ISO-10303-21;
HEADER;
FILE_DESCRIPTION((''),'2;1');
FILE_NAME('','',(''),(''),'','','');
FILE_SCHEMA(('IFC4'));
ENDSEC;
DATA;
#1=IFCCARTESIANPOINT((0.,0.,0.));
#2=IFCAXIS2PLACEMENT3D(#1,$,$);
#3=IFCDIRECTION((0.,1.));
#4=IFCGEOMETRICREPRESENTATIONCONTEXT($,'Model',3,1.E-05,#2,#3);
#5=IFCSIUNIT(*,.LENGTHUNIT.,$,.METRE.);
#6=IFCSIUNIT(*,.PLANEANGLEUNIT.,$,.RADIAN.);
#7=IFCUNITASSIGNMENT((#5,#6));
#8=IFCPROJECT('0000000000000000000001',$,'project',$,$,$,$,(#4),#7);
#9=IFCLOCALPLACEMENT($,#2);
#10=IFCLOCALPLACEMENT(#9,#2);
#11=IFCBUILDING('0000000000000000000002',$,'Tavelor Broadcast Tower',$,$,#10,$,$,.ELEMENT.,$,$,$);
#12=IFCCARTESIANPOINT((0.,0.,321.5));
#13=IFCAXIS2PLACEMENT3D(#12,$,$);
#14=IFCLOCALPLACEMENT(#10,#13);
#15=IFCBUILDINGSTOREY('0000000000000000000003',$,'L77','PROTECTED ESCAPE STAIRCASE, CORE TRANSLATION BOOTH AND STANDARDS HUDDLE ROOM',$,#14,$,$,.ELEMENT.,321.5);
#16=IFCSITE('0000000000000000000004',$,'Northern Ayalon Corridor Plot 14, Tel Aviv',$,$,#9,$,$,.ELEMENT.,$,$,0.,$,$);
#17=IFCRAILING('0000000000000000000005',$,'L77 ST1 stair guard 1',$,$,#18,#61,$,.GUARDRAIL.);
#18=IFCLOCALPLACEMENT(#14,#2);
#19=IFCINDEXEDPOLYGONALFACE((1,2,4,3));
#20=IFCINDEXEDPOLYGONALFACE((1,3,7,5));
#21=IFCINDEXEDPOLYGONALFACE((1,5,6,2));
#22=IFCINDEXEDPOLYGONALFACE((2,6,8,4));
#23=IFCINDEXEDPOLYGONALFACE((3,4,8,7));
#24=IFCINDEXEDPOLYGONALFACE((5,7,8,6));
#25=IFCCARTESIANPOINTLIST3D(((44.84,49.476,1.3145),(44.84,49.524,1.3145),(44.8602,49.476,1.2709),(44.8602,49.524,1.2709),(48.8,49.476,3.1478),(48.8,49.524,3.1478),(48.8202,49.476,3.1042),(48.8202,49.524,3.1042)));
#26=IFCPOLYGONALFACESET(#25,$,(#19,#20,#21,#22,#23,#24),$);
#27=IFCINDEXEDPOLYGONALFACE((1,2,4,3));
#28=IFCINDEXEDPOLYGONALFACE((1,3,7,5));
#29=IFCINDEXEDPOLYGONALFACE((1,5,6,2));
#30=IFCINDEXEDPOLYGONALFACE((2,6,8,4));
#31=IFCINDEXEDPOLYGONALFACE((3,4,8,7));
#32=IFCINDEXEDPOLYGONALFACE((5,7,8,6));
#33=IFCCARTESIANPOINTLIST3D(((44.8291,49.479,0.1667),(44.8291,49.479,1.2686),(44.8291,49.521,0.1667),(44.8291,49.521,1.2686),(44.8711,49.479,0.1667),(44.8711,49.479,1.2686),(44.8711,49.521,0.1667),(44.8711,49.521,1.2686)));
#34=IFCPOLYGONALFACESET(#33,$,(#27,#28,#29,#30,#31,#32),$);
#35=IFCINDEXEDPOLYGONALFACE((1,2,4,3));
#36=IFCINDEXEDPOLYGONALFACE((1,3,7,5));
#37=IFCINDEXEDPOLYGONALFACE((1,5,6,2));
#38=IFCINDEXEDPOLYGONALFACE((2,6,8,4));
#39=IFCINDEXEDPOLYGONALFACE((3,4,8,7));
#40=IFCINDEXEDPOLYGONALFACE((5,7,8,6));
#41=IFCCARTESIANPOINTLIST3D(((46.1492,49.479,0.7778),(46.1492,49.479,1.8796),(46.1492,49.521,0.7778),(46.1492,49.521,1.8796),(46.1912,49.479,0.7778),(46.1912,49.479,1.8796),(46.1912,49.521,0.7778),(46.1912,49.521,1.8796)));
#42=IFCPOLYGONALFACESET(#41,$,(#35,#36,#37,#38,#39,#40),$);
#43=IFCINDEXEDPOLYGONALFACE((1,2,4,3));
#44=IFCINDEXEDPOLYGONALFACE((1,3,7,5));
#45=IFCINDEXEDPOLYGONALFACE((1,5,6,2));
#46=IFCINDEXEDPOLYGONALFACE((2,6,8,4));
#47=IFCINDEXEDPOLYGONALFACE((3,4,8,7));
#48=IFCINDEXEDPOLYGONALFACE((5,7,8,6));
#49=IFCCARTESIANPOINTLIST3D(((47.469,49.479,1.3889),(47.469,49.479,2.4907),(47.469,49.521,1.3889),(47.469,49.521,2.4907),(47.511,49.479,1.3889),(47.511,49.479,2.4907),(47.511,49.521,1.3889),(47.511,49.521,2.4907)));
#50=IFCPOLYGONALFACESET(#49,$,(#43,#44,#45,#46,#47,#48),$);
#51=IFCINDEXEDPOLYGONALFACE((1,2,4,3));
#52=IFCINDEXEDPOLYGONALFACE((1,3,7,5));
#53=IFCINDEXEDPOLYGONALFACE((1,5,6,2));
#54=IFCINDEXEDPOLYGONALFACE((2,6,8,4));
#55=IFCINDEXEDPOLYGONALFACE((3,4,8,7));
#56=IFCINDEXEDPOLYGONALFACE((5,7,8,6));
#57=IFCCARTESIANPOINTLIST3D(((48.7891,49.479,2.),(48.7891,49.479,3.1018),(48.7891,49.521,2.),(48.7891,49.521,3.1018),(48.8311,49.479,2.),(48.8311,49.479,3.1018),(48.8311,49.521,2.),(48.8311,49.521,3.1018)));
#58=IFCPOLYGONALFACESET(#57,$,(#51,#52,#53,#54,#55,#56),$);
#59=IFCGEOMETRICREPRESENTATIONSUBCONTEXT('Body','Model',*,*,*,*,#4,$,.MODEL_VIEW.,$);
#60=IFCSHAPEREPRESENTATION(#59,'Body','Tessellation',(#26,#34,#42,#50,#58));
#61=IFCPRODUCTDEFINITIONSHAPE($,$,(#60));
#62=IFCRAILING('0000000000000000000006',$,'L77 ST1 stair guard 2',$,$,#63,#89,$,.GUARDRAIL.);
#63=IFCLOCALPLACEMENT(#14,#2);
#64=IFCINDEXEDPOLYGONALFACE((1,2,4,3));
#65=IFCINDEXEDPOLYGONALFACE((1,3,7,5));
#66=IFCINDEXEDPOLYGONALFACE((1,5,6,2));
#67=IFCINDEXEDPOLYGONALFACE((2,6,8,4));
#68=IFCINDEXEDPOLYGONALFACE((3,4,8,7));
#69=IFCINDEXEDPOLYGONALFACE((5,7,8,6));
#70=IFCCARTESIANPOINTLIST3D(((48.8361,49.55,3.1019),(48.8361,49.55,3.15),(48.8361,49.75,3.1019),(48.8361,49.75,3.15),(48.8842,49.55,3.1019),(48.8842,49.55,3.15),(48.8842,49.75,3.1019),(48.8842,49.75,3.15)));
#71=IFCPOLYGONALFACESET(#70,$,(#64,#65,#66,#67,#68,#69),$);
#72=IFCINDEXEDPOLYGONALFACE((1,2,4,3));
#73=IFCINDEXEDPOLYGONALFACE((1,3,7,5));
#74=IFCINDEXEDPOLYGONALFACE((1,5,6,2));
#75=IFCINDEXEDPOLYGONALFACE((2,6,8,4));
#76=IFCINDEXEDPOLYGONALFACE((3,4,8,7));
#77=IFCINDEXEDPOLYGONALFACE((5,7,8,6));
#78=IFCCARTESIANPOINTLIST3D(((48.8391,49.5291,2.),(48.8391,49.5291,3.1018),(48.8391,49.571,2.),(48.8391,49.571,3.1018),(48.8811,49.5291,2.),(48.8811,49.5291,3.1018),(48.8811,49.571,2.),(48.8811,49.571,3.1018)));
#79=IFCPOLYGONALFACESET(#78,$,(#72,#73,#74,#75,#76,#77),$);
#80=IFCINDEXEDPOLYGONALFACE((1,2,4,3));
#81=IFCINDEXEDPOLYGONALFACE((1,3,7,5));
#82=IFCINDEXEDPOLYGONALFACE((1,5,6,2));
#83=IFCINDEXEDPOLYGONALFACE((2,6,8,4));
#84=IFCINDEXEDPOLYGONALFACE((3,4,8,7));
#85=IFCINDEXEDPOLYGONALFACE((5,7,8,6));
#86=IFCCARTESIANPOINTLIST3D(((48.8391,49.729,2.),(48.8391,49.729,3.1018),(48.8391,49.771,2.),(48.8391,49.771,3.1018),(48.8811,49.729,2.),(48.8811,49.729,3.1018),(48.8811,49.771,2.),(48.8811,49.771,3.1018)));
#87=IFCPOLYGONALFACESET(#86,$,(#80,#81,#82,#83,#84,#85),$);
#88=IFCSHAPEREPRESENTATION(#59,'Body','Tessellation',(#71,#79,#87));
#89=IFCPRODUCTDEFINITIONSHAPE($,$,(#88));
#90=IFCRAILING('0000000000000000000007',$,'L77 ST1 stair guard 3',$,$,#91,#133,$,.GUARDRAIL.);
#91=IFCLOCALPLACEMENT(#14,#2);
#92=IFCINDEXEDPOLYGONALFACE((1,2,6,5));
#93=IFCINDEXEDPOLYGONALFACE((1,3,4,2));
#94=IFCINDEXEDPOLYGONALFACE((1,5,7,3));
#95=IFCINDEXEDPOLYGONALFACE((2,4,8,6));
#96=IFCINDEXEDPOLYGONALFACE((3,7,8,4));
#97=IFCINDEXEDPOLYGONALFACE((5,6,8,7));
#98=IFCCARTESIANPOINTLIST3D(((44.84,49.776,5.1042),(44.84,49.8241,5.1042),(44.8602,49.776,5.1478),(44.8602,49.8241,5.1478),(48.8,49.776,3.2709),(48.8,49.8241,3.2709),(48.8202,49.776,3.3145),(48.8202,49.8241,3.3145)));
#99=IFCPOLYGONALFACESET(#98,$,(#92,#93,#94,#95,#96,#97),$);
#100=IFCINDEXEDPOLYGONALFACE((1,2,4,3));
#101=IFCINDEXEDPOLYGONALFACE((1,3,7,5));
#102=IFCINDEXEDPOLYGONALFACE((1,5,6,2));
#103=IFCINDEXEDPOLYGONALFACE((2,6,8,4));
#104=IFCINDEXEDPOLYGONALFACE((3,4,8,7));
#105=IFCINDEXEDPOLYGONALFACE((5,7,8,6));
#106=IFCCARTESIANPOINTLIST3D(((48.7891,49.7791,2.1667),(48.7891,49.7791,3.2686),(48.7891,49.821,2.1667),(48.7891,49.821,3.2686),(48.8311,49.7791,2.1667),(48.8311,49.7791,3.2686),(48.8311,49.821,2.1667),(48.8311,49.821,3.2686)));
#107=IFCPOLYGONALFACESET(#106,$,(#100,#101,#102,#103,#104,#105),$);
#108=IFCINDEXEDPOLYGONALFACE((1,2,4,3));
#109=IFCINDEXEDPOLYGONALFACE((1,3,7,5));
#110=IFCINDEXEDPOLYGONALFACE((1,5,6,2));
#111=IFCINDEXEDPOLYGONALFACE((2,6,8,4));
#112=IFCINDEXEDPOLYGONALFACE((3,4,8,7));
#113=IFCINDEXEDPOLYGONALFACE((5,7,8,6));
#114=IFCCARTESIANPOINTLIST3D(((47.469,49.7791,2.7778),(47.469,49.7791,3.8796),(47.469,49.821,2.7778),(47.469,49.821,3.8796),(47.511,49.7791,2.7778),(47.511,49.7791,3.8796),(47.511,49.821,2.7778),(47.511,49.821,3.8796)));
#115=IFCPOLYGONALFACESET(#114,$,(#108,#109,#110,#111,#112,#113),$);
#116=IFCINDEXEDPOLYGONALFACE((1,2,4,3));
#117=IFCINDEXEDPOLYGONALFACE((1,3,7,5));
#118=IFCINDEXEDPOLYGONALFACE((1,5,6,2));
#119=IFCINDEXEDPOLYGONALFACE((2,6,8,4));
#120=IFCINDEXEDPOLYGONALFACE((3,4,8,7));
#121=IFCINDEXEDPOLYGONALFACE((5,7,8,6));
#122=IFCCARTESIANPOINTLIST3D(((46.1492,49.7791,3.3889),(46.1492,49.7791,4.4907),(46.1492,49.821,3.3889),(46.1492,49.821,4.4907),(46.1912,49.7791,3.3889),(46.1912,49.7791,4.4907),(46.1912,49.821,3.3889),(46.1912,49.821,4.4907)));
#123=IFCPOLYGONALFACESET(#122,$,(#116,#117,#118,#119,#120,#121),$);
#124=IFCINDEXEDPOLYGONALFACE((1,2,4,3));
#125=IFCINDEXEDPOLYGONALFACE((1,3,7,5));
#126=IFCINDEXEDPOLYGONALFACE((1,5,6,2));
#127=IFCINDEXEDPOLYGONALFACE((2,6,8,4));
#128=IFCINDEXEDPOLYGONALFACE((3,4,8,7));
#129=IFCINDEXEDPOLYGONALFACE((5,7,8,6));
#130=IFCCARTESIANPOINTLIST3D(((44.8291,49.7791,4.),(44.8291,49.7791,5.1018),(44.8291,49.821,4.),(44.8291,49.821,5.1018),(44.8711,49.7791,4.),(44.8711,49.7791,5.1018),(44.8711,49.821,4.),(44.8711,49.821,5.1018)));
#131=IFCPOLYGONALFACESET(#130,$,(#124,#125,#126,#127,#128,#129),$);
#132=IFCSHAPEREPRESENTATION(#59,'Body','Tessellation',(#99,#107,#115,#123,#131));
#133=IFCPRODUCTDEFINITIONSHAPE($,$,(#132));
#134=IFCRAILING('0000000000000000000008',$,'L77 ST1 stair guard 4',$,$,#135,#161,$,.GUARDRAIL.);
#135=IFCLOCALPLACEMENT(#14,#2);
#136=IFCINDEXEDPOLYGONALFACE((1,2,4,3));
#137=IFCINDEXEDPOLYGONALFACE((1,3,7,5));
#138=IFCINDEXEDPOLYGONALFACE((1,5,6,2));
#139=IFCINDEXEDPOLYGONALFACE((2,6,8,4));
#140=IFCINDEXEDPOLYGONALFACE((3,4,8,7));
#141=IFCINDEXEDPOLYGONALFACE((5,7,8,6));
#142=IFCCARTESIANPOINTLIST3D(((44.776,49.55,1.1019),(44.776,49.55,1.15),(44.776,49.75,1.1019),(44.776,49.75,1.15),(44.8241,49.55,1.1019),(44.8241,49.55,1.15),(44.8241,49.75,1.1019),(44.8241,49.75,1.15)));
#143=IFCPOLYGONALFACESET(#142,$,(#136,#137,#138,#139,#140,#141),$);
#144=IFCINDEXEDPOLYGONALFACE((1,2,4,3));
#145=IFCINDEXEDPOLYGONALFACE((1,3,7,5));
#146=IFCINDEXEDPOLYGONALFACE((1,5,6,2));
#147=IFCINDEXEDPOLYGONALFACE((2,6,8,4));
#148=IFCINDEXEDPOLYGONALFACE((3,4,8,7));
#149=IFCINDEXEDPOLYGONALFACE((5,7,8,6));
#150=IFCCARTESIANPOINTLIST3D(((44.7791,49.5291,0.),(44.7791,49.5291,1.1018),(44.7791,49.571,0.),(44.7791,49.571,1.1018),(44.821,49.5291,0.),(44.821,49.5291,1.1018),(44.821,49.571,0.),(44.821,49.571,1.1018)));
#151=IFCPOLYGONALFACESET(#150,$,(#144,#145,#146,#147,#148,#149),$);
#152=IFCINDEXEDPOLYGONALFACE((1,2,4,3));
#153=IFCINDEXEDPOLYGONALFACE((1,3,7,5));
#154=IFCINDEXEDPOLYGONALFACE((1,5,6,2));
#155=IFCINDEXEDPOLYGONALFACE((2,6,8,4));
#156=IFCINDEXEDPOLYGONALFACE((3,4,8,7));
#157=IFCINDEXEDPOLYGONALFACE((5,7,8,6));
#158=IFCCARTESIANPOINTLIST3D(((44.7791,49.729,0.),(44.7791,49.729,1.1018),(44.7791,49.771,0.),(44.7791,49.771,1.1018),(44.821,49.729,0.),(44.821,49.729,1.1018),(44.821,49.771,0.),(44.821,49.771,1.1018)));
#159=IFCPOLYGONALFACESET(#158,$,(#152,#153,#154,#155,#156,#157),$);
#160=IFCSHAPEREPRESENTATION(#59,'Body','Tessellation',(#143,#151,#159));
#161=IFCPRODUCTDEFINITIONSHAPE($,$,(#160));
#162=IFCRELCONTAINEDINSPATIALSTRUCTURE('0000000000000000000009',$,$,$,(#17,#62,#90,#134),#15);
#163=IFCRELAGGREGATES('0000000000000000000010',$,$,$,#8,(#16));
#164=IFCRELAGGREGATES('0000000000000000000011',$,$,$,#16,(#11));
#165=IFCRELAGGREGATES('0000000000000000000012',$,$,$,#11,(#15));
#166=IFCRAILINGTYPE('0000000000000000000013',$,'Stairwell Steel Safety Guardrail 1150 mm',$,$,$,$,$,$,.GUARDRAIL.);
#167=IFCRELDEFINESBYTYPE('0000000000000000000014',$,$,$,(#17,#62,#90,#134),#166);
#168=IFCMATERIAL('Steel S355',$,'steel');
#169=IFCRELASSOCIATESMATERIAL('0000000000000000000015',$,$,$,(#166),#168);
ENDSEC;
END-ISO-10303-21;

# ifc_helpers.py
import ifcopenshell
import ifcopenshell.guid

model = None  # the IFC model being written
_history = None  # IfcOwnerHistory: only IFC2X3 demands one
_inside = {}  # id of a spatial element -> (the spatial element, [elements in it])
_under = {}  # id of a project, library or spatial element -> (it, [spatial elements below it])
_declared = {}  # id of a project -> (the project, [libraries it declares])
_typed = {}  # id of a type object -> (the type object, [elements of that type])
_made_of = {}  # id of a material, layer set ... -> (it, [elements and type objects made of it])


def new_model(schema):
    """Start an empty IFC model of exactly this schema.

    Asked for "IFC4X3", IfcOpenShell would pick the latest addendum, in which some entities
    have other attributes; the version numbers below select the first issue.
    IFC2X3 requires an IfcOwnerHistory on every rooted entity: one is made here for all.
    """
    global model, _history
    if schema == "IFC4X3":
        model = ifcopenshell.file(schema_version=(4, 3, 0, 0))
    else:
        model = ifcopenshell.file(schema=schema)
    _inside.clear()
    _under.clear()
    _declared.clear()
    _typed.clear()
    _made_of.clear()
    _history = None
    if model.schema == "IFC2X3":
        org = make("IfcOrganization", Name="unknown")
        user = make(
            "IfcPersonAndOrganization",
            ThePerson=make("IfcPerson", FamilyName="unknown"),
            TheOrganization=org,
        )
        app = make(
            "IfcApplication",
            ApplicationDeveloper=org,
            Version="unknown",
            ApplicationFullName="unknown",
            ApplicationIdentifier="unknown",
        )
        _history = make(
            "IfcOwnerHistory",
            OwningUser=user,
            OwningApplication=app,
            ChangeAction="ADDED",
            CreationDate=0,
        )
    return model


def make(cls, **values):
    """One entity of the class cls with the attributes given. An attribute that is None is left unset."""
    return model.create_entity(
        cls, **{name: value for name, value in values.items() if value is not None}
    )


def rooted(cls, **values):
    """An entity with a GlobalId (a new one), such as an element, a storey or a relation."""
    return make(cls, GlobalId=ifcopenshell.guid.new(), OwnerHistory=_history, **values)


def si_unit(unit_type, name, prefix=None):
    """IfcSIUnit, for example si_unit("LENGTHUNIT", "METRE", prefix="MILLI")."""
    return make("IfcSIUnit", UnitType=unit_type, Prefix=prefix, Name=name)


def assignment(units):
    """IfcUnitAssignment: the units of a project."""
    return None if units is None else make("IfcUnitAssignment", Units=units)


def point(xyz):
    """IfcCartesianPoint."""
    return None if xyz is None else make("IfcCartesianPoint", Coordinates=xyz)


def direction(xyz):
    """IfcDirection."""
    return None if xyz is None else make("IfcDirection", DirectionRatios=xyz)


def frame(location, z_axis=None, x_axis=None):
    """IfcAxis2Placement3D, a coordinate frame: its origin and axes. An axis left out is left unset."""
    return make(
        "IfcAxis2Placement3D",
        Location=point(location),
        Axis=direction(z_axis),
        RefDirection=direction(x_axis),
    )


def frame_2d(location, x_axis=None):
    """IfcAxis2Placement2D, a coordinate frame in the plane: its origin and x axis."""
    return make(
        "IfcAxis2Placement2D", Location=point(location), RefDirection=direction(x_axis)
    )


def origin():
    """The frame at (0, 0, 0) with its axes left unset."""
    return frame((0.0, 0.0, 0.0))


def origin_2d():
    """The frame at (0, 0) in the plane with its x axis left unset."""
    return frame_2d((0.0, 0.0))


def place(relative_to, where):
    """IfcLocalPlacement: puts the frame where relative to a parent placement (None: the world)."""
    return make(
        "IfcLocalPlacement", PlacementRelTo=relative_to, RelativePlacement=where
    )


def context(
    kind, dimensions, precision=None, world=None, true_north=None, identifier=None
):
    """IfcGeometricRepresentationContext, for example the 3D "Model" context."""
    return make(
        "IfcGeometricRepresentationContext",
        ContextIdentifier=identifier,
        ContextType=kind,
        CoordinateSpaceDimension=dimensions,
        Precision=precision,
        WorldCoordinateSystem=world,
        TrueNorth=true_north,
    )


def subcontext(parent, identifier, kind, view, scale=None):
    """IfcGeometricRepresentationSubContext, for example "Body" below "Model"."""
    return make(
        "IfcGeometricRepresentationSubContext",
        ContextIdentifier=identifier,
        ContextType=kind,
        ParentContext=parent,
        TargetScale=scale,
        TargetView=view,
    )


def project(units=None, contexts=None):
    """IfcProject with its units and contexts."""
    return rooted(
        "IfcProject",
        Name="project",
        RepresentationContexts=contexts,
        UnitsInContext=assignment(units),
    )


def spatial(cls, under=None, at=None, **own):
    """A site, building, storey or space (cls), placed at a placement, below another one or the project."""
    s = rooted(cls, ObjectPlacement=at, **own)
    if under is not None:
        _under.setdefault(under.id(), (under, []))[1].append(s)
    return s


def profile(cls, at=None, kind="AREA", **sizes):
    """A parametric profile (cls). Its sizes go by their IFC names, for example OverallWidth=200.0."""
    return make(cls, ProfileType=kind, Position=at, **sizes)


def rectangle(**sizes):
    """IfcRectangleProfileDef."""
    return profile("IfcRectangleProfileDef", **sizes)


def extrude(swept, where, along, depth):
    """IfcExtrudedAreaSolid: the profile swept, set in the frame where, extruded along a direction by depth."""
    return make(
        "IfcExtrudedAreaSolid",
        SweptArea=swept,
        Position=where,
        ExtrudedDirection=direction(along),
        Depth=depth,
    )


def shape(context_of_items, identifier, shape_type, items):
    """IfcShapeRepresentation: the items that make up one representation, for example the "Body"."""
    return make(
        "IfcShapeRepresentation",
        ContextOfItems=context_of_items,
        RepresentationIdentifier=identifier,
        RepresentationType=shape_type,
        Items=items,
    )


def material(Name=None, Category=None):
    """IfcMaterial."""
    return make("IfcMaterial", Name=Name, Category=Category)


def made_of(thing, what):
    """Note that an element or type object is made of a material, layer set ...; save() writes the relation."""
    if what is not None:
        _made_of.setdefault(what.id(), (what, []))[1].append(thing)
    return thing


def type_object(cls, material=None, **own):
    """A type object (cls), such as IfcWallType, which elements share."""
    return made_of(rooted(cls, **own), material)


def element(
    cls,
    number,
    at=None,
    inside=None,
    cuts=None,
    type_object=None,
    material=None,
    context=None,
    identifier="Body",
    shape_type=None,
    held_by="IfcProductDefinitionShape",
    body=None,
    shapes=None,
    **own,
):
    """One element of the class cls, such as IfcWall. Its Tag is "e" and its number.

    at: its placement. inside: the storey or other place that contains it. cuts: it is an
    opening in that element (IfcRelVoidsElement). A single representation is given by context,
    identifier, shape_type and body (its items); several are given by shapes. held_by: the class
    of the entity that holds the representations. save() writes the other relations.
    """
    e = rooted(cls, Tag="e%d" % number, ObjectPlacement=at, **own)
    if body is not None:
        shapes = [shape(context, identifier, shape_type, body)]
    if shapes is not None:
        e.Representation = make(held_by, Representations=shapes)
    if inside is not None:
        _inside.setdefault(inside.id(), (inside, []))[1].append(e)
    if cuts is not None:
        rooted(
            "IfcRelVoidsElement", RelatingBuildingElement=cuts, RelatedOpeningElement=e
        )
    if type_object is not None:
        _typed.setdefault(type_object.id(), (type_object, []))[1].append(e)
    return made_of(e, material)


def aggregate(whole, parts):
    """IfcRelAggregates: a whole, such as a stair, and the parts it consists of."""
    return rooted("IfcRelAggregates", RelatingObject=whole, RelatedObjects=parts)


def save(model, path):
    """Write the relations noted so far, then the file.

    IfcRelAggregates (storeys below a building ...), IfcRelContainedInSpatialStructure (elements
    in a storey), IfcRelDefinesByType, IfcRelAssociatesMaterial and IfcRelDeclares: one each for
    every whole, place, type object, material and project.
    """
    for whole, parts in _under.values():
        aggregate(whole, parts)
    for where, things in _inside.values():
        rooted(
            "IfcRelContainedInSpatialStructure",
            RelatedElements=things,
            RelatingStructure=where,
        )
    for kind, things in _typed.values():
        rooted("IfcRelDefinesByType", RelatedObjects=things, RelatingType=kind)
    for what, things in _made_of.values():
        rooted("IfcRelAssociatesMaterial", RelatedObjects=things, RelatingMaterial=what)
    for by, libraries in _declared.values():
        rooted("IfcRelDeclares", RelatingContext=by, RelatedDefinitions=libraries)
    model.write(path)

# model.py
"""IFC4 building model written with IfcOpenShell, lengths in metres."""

from ifc_helpers import new_model, si_unit, direction, frame, origin, origin_2d, place, context, subcontext, project, spatial, rectangle, extrude, material, type_object, element, save


model = new_model("IFC4")

# Units and contexts
model_context = context("Model", 3, precision=1e-05, world=origin(), true_north=direction((0.0, 1.0)))
body_context = subcontext(model_context, "Body", "Model", "MODEL_VIEW")
ifc_project = project(units=[si_unit("LENGTHUNIT", "METRE"), si_unit("PLANEANGLEUNIT", "RADIAN")], contexts=[model_context])

# Site, building, storey
site_placement = place(None, origin())
site = spatial("IfcSite", under=ifc_project, at=site_placement, Name="Northern Ayalon Corridor Plot 14, Tel Aviv", CompositionType="ELEMENT", RefElevation=0.0)
building_placement = place(site_placement, origin())
building = spatial("IfcBuilding", under=site, at=building_placement, Name="Tavelor Broadcast Tower", CompositionType="ELEMENT")
storey_placement = place(building_placement, frame((0.0, 0.0, 321.5)))
storey = spatial("IfcBuildingStorey", under=building, at=storey_placement, Name="L77", Description="PROTECTED ESCAPE STAIRCASE, CORE TRANSLATION BOOTH AND STANDARDS HUDDLE ROOM", CompositionType="ELEMENT", Elevation=321.5)

# Shared definitions
ifc_material_1 = material(Name="Steel S355", Category="steel")

# Railings
railing_type_1 = type_object("IfcRailingType", Name="Stairwell Steel Safety Guardrail 1150 mm", PredefinedType="GUARDRAIL", material=ifc_material_1)
railing_1_placement = place(storey_placement, frame((44.8501, 49.5, 0.1667)))
element("IfcRailing", 1, at=railing_1_placement, inside=storey, type_object=railing_type_1, Name="L77 ST1 stair guard 1", PredefinedType="GUARDRAIL", context=body_context, shape_type="SweptSolid", body=[
    extrude(rectangle(XDim=0.0481, YDim=0.0481, at=origin_2d()), frame((0.0, 0.0, 1.126), z_axis=(0.907472, 0.0, 0.420112), x_axis=(0.0, 1.0, 0.0)), (0.0, 0.0, 1.0), 4.3638),
    extrude(rectangle(XDim=0.042, YDim=0.042, at=origin_2d()), origin(), (0.0, 0.0, 1.0), 1.1018),
    extrude(rectangle(XDim=0.042, YDim=0.042, at=origin_2d()), frame((1.3201, 0.0, 0.6111)), (0.0, 0.0, 1.0), 1.1018),
    extrude(rectangle(XDim=0.042, YDim=0.042, at=origin_2d()), frame((2.6399, 0.0, 1.2222)), (0.0, 0.0, 1.0), 1.1018),
    extrude(rectangle(XDim=0.042, YDim=0.042, at=origin_2d()), frame((3.96, 0.0, 1.8333)), (0.0, 0.0, 1.0), 1.1018),
])
railing_2_placement = place(storey_placement, frame((48.8601, 49.55, 2.0)))
element("IfcRailing", 2, at=railing_2_placement, inside=storey, type_object=railing_type_1, Name="L77 ST1 stair guard 2", PredefinedType="GUARDRAIL", context=body_context, shape_type="SweptSolid", body=[
    extrude(rectangle(XDim=0.0481, YDim=0.0481, at=origin_2d()), frame((0.0, 0.0, 1.126), z_axis=(0.0, 1.0, 0.0), x_axis=(-1.0, 0.0, 0.0)), (0.0, 0.0, 1.0), 0.2),
    extrude(rectangle(XDim=0.042, YDim=0.042, at=origin_2d()), origin(), (0.0, 0.0, 1.0), 1.1018),
    extrude(rectangle(XDim=0.042, YDim=0.042, at=origin_2d()), frame((0.0, 0.2, 0.0)), (0.0, 0.0, 1.0), 1.1018),
])
railing_3_placement = place(storey_placement, frame((48.8101, 49.8, 2.1667)))
element("IfcRailing", 3, at=railing_3_placement, inside=storey, type_object=railing_type_1, Name="L77 ST1 stair guard 3", PredefinedType="GUARDRAIL", context=body_context, shape_type="SweptSolid", body=[
    extrude(rectangle(XDim=0.0481, YDim=0.0481, at=origin_2d()), frame((0.0, 0.0, 1.126), z_axis=(-0.907472, 0.0, 0.420112), x_axis=(0.0, -1.0, 0.0)), (0.0, 0.0, 1.0), 4.3638),
    extrude(rectangle(XDim=0.042, YDim=0.042, at=origin_2d()), origin(), (0.0, 0.0, 1.0), 1.1018),
    extrude(rectangle(XDim=0.042, YDim=0.042, at=origin_2d()), frame((-1.3201, 0.0, 0.6111)), (0.0, 0.0, 1.0), 1.1018),
    extrude(rectangle(XDim=0.042, YDim=0.042, at=origin_2d()), frame((-2.6399, 0.0, 1.2222)), (0.0, 0.0, 1.0), 1.1018),
    extrude(rectangle(XDim=0.042, YDim=0.042, at=origin_2d()), frame((-3.96, 0.0, 1.8333)), (0.0, 0.0, 1.0), 1.1018),
])
railing_4_placement = place(storey_placement, frame((44.8, 49.55, 0.0)))
element("IfcRailing", 4, at=railing_4_placement, inside=storey, type_object=railing_type_1, Name="L77 ST1 stair guard 4", PredefinedType="GUARDRAIL", context=body_context, shape_type="SweptSolid", body=[
    extrude(rectangle(XDim=0.0481, YDim=0.0481, at=origin_2d()), frame((0.0, 0.0, 1.126), z_axis=(0.0, 1.0, 0.0), x_axis=(-1.0, 0.0, 0.0)), (0.0, 0.0, 1.0), 0.2),
    extrude(rectangle(XDim=0.042, YDim=0.042, at=origin_2d()), origin(), (0.0, 0.0, 1.0), 1.1018),
    extrude(rectangle(XDim=0.042, YDim=0.042, at=origin_2d()), frame((0.0, 0.2, 0.0)), (0.0, 0.0, 1.0), 1.1018),
])

save(model, "model.ifc")
